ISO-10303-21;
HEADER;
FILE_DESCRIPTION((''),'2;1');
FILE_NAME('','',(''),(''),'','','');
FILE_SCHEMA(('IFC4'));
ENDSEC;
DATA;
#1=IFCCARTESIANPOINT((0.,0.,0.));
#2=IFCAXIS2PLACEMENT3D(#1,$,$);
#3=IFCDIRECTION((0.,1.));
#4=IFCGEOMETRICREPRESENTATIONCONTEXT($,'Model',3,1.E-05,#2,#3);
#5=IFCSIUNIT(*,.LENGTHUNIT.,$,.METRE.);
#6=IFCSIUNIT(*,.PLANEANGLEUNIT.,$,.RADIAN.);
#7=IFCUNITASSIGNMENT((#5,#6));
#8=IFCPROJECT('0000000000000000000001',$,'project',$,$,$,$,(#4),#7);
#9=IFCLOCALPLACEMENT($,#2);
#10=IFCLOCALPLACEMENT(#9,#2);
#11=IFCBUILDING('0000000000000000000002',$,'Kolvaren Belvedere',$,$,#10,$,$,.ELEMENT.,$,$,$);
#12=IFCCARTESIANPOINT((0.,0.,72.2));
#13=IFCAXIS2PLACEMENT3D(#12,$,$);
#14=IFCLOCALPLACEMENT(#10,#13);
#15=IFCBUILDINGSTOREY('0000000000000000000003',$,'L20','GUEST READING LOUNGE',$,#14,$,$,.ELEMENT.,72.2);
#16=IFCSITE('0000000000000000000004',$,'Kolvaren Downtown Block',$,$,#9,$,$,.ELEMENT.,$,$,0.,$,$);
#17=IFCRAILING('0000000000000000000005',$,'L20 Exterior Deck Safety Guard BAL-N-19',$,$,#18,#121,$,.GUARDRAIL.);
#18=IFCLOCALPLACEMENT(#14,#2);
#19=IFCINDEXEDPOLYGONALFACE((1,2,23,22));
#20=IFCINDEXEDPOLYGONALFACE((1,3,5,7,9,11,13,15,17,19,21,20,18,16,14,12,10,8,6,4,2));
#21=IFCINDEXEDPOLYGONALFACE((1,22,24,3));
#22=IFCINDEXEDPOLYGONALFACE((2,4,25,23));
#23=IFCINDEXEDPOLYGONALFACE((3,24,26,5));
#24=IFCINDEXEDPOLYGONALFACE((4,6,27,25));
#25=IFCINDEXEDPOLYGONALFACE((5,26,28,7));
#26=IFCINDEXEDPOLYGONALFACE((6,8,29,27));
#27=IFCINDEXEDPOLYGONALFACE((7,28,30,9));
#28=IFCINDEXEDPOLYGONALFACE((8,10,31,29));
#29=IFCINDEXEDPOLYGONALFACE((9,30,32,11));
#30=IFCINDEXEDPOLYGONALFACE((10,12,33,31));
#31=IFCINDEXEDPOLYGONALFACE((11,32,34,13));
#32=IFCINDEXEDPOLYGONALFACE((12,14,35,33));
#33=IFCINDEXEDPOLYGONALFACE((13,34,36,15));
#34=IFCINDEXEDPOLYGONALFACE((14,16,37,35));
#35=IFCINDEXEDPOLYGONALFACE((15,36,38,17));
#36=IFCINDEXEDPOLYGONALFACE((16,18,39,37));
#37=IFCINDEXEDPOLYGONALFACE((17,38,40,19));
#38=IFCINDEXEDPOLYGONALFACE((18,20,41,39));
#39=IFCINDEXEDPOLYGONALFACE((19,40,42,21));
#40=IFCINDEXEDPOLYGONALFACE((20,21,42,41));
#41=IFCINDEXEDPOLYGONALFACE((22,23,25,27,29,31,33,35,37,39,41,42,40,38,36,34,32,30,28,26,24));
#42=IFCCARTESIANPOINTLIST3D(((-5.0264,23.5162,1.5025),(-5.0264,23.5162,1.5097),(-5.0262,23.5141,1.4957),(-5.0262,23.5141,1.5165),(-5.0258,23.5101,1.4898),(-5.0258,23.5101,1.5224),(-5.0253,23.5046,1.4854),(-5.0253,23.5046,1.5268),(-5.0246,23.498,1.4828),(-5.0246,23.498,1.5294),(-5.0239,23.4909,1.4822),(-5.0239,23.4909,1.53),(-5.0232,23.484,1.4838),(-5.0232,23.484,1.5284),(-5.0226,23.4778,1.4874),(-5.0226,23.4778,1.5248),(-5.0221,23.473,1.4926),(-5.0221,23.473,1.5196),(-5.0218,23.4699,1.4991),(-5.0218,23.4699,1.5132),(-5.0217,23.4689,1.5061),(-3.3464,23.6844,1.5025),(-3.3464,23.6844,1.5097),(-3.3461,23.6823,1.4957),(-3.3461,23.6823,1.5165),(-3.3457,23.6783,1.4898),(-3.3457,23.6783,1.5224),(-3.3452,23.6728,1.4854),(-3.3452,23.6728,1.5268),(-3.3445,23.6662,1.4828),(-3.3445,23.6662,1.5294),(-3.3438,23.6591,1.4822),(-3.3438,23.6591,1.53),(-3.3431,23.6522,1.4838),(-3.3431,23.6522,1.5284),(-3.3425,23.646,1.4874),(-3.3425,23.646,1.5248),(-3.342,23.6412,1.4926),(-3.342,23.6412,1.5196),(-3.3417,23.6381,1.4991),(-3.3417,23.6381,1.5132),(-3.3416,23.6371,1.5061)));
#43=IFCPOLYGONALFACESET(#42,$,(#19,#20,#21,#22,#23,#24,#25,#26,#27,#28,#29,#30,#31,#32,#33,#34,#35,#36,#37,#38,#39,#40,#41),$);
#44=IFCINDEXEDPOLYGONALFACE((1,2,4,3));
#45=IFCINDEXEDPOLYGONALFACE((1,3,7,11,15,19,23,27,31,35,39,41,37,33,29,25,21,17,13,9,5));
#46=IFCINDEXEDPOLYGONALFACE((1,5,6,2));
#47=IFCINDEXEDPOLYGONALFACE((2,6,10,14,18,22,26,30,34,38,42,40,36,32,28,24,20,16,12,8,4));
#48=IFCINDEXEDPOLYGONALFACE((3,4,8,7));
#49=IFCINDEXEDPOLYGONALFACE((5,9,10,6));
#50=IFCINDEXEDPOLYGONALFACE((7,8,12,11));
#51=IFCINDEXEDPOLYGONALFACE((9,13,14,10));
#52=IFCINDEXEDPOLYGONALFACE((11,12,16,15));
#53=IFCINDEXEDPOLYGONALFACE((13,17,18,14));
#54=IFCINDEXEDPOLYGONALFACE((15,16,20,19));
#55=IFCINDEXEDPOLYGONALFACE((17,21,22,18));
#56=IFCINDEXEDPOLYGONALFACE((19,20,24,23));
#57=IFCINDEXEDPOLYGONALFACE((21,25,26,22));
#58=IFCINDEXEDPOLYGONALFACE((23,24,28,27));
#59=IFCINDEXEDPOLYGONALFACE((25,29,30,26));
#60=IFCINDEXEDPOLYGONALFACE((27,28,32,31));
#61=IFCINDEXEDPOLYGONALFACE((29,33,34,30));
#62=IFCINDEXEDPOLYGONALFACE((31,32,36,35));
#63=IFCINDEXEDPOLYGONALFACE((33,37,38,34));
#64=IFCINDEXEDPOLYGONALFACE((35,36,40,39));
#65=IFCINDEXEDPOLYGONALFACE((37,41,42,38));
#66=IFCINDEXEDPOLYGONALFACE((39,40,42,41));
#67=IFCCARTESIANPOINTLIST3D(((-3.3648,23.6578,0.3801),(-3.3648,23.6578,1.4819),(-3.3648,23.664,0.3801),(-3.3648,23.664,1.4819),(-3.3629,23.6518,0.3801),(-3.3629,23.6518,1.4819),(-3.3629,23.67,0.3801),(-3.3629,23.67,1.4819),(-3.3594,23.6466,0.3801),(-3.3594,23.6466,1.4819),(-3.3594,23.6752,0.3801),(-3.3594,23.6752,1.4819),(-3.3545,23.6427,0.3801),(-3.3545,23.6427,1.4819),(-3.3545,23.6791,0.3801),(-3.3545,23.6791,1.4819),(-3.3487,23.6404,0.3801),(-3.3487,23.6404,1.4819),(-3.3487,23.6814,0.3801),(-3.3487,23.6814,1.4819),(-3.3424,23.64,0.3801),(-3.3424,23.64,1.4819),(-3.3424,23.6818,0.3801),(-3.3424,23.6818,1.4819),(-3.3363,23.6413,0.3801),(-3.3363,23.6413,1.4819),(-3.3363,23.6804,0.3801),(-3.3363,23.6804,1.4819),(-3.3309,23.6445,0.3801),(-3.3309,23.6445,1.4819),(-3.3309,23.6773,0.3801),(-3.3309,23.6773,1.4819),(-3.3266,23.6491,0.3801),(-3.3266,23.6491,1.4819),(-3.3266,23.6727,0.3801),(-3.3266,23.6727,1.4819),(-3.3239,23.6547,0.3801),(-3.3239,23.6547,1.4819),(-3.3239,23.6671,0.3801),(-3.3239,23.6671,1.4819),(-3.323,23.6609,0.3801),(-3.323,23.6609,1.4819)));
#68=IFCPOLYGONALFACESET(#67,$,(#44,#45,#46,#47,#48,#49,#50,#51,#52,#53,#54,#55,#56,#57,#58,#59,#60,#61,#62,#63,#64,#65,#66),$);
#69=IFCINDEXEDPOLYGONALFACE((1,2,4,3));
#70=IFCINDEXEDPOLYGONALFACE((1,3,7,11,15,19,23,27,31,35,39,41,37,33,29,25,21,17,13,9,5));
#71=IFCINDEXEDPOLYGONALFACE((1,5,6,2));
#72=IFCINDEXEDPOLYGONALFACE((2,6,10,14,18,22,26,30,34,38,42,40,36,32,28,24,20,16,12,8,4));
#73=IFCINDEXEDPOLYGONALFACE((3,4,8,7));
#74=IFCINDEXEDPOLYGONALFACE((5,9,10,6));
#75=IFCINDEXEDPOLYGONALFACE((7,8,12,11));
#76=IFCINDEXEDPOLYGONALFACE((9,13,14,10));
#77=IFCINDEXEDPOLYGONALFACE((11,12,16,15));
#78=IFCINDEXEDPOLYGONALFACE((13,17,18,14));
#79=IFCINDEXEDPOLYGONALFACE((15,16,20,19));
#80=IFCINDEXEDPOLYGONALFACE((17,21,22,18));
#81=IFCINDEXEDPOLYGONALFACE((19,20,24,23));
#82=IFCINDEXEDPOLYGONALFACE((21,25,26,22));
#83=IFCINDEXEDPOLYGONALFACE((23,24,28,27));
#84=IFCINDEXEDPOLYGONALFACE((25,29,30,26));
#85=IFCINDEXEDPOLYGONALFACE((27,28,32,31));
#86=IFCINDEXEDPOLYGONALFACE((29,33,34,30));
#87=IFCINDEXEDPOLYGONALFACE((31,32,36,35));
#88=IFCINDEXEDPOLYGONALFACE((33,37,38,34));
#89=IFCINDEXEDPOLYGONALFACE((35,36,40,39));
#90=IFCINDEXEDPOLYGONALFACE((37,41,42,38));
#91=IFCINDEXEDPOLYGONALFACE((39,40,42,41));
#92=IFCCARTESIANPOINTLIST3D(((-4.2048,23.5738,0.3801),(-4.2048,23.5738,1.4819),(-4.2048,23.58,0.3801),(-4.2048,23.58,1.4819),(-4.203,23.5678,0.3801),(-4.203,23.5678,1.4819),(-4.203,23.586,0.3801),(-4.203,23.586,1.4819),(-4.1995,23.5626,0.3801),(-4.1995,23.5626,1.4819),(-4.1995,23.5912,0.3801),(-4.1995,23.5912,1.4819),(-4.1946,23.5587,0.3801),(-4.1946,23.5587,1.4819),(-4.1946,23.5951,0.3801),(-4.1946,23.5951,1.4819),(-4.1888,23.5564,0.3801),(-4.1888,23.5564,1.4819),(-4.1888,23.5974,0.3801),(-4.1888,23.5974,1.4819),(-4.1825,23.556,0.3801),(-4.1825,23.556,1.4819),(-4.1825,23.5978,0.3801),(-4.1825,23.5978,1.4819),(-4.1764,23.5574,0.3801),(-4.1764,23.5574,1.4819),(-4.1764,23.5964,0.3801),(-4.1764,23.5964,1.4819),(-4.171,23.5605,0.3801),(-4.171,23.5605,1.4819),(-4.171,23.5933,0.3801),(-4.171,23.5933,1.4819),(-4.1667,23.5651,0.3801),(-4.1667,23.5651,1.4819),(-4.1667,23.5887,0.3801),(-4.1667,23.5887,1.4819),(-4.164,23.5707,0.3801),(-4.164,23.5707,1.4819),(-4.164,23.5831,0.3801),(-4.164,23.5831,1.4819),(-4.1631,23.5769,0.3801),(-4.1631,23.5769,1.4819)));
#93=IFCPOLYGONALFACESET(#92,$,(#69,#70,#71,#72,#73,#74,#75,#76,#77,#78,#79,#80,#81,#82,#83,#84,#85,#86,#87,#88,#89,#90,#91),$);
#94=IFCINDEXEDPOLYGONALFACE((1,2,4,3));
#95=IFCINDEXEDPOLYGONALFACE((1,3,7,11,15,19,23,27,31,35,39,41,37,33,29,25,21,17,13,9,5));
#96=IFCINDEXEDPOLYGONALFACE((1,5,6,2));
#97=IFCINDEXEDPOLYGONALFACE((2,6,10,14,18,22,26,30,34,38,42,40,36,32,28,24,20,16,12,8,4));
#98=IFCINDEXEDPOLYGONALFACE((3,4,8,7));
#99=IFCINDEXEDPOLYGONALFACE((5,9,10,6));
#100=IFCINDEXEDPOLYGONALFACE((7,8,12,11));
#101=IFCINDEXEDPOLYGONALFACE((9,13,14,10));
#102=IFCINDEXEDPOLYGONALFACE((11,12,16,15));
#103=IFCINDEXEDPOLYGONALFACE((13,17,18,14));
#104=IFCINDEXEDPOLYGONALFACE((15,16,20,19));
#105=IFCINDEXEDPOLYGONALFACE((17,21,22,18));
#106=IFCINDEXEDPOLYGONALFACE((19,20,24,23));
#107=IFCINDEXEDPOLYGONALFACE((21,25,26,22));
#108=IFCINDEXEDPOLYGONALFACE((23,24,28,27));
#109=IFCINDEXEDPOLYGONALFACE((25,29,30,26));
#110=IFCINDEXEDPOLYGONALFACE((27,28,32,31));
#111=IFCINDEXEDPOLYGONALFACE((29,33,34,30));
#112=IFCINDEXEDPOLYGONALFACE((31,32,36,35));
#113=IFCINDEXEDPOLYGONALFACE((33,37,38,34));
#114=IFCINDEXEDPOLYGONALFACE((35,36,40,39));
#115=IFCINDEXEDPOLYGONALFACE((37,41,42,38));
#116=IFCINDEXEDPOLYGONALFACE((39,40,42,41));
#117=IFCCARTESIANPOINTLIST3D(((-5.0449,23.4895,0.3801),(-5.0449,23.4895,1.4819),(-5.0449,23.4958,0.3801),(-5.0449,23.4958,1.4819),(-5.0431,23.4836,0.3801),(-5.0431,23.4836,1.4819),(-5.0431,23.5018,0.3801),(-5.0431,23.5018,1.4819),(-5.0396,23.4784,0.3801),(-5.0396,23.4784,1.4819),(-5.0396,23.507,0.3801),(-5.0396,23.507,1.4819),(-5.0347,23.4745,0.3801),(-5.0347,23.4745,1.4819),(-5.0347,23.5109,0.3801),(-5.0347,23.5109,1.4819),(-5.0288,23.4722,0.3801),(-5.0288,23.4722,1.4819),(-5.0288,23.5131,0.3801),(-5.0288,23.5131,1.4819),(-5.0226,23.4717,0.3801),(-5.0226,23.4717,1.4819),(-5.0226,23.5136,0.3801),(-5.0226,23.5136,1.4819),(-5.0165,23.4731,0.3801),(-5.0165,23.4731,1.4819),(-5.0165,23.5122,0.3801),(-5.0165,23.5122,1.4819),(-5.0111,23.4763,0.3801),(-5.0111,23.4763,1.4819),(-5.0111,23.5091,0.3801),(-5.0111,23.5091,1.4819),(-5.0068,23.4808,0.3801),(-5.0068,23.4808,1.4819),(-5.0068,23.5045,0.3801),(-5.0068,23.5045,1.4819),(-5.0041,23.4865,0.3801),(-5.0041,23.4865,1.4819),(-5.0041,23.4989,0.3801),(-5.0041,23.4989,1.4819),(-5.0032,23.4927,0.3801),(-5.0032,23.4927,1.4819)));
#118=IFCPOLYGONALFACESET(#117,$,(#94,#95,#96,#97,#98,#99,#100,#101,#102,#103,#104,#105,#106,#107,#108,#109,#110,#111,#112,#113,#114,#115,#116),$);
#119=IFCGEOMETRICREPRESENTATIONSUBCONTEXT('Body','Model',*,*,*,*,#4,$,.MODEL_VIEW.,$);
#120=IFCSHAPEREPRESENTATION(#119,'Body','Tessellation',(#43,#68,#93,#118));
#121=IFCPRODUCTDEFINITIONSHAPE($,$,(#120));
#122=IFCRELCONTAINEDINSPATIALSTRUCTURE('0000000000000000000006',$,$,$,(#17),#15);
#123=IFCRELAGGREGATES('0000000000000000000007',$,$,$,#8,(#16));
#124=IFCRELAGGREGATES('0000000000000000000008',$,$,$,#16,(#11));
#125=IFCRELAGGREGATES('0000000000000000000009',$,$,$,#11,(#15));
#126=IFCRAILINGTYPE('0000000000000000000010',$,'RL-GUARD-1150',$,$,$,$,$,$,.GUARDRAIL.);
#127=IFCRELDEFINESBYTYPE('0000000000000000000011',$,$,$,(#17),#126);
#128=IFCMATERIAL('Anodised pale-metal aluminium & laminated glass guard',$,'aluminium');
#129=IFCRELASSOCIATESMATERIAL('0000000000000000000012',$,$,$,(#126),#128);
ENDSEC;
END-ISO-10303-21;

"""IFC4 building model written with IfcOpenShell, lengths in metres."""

from ifc_helpers import new_model, si_unit, direction, frame, origin, origin_2d, place, context, subcontext, project, spatial, circle, extrude, material, type_object, element, save


model = new_model("IFC4")

# Units and contexts
model_context = context("Model", 3, precision=1e-05, world=origin(), true_north=direction((0.0, 1.0)))
body_context = subcontext(model_context, "Body", "Model", "MODEL_VIEW")
ifc_project = project(units=[si_unit("LENGTHUNIT", "METRE"), si_unit("PLANEANGLEUNIT", "RADIAN")], contexts=[model_context])

# Site, building, storey
site_placement = place(None, origin())
site = spatial("IfcSite", under=ifc_project, at=site_placement, Name="Kolvaren Downtown Block", CompositionType="ELEMENT", RefElevation=0.0)
building_placement = place(site_placement, origin())
building = spatial("IfcBuilding", under=site, at=building_placement, Name="Kolvaren Belvedere", CompositionType="ELEMENT")
storey_placement = place(building_placement, frame((0.0, 0.0, 72.2)))
storey = spatial("IfcBuildingStorey", under=building, at=storey_placement, Name="L20", Description="GUEST READING LOUNGE", CompositionType="ELEMENT", Elevation=72.2)

# Railing
ifc_material_1 = material(Name="Anodised pale-metal aluminium & laminated glass guard", Category="aluminium")
railing_type = type_object("IfcRailingType", Name="RL-GUARD-1150", PredefinedType="GUARDRAIL", material=ifc_material_1)
railing_1_placement = place(storey_placement, frame((-3.344, 23.6609, 0.3801)))
element("IfcRailing", 1, at=railing_1_placement, inside=storey, type_object=railing_type, Name="L20 Exterior Deck Safety Guard BAL-N-19", PredefinedType="GUARDRAIL", context=body_context, shape_type="SweptSolid", body=[
    extrude(circle(Radius=0.0239, at=origin_2d()), frame((0.0, 0.0, 1.126), z_axis=(-0.995026, -0.099618, 0.0), x_axis=(0.099618, -0.995026, 0.0)), (0.0, 0.0, 1.0), 1.6885),
    extrude(circle(Radius=0.021, at=origin_2d()), origin(), (0.0, 0.0, 1.0), 1.1018),
    extrude(circle(Radius=0.021, at=origin_2d()), frame((-0.8401, -0.084, 0.0)), (0.0, 0.0, 1.0), 1.1018),
    extrude(circle(Radius=0.021, at=origin_2d()), frame((-1.6802, -0.1682, 0.0)), (0.0, 0.0, 1.0), 1.1018),
])

save(model, "model.ifc")
